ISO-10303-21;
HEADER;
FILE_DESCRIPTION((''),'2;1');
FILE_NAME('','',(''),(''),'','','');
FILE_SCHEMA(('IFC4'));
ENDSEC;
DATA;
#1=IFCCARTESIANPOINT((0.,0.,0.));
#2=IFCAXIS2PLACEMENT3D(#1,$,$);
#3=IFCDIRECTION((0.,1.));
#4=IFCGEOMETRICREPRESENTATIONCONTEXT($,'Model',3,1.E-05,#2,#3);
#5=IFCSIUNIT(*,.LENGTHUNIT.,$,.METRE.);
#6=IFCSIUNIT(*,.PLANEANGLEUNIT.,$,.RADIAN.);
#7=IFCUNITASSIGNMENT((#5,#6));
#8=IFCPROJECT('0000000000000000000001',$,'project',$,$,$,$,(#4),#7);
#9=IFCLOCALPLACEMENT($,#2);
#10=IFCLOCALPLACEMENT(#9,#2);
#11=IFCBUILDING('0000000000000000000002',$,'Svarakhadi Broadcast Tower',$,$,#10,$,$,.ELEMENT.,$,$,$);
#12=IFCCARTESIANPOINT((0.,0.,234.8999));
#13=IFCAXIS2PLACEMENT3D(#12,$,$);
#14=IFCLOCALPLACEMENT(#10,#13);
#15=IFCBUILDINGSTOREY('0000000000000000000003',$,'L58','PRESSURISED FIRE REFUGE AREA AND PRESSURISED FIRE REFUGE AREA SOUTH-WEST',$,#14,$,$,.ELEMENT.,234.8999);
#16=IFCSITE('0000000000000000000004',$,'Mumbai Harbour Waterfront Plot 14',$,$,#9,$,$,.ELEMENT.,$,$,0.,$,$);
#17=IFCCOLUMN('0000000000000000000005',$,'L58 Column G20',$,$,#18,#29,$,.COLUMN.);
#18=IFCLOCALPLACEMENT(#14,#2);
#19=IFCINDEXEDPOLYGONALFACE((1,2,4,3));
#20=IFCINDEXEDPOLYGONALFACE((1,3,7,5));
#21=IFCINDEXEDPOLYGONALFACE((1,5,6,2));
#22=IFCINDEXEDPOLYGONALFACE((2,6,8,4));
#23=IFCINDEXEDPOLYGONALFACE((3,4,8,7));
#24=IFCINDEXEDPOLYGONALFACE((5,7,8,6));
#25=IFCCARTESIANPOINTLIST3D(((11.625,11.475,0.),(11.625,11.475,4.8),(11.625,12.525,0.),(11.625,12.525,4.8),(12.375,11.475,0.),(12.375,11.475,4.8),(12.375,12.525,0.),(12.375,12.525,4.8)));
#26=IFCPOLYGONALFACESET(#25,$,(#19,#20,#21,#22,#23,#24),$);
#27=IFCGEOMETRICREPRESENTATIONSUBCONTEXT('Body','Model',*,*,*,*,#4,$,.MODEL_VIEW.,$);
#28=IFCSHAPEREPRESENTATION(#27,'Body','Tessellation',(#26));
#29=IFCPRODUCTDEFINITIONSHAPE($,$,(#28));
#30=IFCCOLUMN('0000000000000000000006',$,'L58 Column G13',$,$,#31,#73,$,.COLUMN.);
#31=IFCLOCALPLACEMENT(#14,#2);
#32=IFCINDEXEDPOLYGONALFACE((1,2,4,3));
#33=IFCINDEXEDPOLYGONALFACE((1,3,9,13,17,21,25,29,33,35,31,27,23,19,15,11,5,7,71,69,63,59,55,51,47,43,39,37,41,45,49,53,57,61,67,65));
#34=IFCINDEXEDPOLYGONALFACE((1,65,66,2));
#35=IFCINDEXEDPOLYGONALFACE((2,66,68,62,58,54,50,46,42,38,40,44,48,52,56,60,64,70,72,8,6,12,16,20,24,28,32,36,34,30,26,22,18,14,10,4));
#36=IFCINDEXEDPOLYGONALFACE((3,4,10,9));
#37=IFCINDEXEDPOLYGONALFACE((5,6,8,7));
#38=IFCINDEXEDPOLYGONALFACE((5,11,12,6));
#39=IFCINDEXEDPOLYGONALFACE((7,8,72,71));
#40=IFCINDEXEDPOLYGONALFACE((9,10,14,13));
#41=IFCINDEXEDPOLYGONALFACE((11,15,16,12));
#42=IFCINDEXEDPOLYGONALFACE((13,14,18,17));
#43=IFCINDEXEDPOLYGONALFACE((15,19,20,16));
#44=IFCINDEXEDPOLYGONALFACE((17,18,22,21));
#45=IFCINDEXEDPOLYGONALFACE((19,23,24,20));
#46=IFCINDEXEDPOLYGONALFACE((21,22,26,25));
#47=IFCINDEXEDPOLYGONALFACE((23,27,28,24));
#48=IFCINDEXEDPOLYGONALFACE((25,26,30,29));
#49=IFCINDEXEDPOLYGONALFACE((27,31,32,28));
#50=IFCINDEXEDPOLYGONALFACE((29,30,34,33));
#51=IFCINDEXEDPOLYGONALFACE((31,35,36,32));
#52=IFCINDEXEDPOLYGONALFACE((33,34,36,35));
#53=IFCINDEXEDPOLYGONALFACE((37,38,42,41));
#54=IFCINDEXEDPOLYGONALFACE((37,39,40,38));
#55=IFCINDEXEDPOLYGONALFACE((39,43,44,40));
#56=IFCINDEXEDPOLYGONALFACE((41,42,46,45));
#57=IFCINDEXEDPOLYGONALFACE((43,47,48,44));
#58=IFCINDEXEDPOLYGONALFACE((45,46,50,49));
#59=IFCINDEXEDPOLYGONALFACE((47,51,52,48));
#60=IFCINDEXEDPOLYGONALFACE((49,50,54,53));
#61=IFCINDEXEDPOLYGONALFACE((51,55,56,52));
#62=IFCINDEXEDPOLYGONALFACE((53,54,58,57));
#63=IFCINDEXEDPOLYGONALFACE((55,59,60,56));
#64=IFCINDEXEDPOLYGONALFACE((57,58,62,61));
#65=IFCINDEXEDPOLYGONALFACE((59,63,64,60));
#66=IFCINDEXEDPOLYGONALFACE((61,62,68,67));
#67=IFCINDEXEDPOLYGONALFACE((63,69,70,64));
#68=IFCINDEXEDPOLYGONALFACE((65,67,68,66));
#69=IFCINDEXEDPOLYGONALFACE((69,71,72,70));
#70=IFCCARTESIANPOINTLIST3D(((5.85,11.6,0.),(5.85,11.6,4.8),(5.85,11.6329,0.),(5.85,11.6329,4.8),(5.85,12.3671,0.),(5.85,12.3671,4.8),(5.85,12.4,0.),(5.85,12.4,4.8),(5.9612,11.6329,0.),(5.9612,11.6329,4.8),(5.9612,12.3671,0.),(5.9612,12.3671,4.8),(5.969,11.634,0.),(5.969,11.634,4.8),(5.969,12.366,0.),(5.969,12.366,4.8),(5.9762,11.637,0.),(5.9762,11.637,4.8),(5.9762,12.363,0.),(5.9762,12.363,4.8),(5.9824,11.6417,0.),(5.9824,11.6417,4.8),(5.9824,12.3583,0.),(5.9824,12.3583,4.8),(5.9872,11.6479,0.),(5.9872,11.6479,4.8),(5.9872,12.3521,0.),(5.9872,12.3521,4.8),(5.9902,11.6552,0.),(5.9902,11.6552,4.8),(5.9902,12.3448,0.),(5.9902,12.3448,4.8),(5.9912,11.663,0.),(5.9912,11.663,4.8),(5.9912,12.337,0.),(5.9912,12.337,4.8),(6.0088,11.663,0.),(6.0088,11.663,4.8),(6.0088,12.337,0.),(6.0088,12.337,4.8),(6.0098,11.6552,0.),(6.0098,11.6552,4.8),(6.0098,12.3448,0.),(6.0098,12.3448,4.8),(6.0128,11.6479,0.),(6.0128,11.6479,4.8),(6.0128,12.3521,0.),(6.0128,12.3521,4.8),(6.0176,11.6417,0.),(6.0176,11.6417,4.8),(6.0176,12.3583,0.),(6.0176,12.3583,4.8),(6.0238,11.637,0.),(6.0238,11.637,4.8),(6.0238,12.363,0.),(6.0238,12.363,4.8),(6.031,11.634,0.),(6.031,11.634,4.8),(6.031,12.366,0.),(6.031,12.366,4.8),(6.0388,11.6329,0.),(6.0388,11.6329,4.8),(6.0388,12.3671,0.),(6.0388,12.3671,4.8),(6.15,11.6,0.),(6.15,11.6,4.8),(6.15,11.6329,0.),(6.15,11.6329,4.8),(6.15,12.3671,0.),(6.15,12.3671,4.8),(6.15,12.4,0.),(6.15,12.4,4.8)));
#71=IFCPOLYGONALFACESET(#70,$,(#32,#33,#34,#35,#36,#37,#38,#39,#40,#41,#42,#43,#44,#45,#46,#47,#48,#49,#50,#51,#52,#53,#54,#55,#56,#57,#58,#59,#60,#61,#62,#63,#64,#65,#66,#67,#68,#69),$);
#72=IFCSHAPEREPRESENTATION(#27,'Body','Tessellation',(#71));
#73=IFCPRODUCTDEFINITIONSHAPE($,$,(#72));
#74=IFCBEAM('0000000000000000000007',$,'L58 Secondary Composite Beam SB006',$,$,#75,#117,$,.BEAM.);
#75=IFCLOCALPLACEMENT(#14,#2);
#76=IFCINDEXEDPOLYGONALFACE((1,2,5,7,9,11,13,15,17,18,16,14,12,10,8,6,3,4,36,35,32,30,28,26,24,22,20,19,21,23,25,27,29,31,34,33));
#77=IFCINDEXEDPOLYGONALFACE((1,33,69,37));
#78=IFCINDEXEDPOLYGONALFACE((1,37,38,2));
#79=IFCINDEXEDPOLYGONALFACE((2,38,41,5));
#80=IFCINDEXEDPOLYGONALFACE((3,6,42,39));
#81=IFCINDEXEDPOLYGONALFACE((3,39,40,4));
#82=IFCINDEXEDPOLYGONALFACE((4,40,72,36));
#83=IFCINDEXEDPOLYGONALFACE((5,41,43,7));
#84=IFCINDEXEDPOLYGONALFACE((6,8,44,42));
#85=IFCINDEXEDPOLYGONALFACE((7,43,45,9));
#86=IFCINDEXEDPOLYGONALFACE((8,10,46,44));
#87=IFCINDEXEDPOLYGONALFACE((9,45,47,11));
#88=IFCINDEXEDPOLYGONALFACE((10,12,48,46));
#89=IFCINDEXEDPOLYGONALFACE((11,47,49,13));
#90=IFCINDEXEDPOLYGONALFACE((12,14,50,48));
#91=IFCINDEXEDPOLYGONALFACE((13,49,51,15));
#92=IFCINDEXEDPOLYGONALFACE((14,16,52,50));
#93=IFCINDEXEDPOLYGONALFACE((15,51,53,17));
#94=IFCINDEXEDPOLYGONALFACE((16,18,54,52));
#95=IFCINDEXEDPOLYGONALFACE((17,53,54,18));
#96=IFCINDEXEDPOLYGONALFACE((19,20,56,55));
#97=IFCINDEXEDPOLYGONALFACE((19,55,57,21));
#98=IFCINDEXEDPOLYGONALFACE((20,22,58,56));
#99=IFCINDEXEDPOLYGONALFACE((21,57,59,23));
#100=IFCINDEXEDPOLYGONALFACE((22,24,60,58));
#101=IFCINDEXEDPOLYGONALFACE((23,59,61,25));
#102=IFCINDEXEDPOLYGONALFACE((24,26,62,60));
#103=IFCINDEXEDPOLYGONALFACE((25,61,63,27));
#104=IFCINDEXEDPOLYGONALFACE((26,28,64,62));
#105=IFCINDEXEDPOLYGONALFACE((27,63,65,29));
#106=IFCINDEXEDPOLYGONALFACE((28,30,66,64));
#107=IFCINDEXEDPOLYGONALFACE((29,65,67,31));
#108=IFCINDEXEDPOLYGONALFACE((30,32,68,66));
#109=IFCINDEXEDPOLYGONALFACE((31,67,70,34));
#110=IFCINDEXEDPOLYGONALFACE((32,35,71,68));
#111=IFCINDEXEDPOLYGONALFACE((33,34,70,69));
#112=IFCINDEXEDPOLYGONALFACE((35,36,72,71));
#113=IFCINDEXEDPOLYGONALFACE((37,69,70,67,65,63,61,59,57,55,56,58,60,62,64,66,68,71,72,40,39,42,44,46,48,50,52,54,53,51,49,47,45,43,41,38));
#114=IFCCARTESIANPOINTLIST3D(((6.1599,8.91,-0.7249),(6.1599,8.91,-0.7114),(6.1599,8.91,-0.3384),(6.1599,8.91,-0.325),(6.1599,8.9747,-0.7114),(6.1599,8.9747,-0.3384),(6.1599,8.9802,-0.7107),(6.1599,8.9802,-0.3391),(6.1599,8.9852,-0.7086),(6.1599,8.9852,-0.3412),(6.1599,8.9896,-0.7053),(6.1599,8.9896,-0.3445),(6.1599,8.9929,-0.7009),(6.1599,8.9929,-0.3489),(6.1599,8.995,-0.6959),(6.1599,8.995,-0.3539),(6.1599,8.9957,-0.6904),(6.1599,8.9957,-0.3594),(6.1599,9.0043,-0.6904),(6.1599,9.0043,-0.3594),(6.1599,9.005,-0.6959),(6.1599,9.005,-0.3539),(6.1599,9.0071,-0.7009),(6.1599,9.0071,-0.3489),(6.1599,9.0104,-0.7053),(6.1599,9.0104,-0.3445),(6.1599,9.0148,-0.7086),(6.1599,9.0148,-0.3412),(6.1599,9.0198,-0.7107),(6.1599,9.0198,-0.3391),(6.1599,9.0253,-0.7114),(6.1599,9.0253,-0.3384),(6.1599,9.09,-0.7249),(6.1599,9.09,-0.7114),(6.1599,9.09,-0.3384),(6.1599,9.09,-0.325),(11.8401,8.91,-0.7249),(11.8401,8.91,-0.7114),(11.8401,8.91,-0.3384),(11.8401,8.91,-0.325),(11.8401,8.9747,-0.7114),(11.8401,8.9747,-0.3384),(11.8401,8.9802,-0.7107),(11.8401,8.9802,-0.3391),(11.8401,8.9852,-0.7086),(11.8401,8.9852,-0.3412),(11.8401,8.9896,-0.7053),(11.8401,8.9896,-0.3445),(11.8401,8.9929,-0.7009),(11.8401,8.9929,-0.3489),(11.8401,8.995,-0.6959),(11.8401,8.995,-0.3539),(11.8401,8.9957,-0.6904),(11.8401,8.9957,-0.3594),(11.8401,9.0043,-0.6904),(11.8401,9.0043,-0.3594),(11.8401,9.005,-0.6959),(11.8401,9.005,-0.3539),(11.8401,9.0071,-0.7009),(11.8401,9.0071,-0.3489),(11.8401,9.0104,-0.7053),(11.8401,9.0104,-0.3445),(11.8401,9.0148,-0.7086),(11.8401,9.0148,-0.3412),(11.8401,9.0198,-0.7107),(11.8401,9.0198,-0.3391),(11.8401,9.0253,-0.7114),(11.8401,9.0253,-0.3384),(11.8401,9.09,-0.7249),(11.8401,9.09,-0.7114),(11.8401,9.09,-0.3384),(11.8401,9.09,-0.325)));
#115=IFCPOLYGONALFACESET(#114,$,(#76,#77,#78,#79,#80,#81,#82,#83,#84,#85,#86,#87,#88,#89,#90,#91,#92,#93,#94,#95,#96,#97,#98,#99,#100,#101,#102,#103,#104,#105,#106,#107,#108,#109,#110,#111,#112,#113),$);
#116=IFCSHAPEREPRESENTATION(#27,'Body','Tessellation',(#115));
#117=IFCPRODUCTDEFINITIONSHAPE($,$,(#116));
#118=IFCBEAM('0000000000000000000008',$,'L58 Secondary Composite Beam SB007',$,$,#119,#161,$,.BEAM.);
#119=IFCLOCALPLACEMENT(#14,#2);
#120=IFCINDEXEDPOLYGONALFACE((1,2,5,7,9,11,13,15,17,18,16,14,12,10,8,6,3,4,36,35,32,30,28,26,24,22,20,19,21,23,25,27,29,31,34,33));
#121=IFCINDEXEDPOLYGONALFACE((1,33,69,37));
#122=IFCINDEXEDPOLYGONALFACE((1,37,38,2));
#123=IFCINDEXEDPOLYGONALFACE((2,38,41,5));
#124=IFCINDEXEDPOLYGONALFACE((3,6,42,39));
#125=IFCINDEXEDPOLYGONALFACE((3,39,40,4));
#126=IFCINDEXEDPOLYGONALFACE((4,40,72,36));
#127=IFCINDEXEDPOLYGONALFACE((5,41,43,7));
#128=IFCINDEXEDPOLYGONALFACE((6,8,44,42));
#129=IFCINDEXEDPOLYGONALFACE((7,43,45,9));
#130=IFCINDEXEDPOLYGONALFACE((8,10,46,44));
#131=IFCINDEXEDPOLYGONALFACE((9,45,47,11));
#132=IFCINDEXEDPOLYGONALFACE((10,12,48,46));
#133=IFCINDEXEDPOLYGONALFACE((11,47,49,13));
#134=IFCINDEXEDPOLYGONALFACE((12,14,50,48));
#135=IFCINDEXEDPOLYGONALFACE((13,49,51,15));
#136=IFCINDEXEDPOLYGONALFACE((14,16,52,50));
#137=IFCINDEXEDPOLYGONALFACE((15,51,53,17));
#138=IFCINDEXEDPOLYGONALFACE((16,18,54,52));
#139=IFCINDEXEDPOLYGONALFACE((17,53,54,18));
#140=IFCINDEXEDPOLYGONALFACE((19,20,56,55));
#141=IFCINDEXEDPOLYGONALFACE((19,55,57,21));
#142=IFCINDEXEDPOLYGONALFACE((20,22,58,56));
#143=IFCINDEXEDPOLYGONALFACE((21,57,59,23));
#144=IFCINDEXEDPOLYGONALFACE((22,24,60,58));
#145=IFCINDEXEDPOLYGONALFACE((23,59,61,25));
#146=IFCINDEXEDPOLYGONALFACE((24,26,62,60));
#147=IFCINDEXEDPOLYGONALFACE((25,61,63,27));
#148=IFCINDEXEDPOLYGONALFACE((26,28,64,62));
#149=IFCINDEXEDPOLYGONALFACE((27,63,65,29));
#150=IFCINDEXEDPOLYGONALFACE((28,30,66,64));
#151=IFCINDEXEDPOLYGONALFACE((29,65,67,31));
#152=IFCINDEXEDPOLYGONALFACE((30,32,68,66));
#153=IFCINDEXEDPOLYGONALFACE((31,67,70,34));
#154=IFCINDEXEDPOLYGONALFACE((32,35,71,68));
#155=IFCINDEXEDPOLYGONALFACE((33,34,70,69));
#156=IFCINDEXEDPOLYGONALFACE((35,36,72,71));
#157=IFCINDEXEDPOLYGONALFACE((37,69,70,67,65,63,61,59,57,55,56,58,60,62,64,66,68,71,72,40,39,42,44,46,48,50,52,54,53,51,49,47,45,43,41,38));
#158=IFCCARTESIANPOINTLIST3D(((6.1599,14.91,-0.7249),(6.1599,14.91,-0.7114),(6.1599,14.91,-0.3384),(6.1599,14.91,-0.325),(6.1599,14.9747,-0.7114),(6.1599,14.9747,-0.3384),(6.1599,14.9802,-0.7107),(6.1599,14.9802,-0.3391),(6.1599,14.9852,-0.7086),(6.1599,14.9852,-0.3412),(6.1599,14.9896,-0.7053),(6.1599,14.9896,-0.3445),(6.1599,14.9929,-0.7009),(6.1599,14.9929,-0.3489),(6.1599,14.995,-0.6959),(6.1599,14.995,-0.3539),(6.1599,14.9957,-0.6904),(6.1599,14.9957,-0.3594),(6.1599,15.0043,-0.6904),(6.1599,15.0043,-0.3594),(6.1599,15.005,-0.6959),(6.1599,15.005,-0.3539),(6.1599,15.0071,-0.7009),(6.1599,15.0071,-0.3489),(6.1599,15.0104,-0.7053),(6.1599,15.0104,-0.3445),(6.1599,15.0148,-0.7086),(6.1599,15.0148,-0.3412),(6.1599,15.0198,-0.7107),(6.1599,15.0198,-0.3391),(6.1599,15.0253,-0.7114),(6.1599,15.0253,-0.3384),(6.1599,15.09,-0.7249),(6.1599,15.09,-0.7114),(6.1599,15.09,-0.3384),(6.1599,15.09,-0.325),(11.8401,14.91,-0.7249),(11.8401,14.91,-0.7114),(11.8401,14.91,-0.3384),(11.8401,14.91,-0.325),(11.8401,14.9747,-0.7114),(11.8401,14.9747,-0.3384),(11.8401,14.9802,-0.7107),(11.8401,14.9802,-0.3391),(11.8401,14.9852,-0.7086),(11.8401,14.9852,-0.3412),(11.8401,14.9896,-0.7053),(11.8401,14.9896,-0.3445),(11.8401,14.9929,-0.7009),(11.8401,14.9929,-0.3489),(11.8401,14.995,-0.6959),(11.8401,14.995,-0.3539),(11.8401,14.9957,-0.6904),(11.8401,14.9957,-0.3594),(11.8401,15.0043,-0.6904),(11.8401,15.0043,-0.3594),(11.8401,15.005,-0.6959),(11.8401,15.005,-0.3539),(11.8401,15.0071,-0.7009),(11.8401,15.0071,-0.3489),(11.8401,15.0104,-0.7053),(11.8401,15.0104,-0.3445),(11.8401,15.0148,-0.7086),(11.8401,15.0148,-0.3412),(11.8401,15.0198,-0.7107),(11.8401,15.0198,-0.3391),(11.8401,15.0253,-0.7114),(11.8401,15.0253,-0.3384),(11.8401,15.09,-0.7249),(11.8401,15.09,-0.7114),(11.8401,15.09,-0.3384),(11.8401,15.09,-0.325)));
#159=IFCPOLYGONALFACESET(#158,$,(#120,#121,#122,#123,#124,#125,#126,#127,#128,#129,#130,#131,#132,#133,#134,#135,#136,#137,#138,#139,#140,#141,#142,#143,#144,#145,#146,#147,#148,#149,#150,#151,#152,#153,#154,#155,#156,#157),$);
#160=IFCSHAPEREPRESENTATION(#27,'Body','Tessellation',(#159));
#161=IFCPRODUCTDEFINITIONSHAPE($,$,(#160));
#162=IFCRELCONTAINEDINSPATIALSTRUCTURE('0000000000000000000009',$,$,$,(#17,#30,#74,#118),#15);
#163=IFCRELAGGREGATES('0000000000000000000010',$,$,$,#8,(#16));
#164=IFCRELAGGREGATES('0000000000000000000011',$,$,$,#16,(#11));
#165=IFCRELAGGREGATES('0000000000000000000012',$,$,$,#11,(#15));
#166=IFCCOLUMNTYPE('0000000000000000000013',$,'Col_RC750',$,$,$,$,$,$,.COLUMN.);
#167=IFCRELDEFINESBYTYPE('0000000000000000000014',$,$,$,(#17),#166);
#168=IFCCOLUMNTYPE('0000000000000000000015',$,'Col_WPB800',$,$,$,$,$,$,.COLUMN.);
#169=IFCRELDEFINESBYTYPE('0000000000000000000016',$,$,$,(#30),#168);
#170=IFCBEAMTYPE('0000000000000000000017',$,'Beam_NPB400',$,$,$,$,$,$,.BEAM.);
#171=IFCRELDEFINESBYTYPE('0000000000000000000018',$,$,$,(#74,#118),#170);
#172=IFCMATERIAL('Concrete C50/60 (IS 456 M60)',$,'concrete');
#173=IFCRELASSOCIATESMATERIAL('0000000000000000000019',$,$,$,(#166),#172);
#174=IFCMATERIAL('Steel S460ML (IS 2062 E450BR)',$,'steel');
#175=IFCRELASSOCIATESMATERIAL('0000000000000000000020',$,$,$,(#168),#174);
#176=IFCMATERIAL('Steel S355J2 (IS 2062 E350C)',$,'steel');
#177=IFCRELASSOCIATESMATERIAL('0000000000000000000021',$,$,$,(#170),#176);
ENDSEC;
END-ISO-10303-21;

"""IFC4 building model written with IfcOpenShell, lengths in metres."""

from ifc_helpers import new_model, si_unit, direction, frame, origin, origin_2d, place, context, subcontext, project, spatial, rectangle, i_section, extrude, material, material_profile, profile_set, type_object, element, save


model = new_model("IFC4")

# Units and contexts
model_context = context("Model", 3, precision=1e-05, world=origin(), true_north=direction((0.0, 1.0)))
body_context = subcontext(model_context, "Body", "Model", "MODEL_VIEW")
ifc_project = project(units=[si_unit("LENGTHUNIT", "METRE"), si_unit("PLANEANGLEUNIT", "RADIAN")], contexts=[model_context])

# Site, building, storey
site_placement = place(None, origin())
site = spatial("IfcSite", under=ifc_project, at=site_placement, Name="Mumbai Harbour Waterfront Plot 14", CompositionType="ELEMENT", RefElevation=0.0)
building_placement = place(site_placement, origin())
building = spatial("IfcBuilding", under=site, at=building_placement, Name="Svarakhadi Broadcast Tower", CompositionType="ELEMENT")
storey_placement = place(building_placement, frame((0.0, 0.0, 234.8999)))
storey = spatial("IfcBuildingStorey", under=building, at=storey_placement, Name="L58", Description="PRESSURISED FIRE REFUGE AREA AND PRESSURISED FIRE REFUGE AREA SOUTH-WEST", CompositionType="ELEMENT", Elevation=234.8999)

# Columns
ifc_material_1 = material(Name="Concrete C50/60 (IS 456 M60)", Category="concrete")
ifc_material_profile_1 = material_profile(ifc_material_1, rectangle(XDim=0.75, YDim=1.05, at=origin_2d()), Name="RC 750x1050")
ifc_profile_set_1 = profile_set([ifc_material_profile_1], Name="Concrete C50/60 (IS 456 M60)")
column_type_1 = type_object("IfcColumnType", Name="Col_RC750", PredefinedType="COLUMN", material=ifc_profile_set_1)
column_1_placement = place(storey_placement, frame((12.0, 12.0, 0.0), z_axis=(0.0, 0.0, 1.0), x_axis=(1.0, 0.0, 0.0)))
element("IfcColumn", 1, at=column_1_placement, inside=storey, type_object=column_type_1, Name="L58 Column G20", PredefinedType="COLUMN", context=body_context, shape_type="SweptSolid", body=[
    extrude(rectangle(XDim=0.75, YDim=1.05, at=origin_2d()), origin(), (0.0, 0.0, 1.0), 4.8),
])
ifc_material_2 = material(Name="Steel S460ML (IS 2062 E450BR)", Category="steel")
ifc_material_profile_2 = material_profile(ifc_material_2, i_section(OverallWidth=0.3, OverallDepth=0.8, WebThickness=0.0176, FlangeThickness=0.033, FilletRadius=0.03, at=origin_2d()), Name="WPB 800x300x262")
ifc_profile_set_2 = profile_set([ifc_material_profile_2], Name="Steel S460ML (IS 2062 E450BR)")
column_type_2 = type_object("IfcColumnType", Name="Col_WPB800", PredefinedType="COLUMN", material=ifc_profile_set_2)
column_2_placement = place(storey_placement, frame((6.0, 12.0, 0.0), z_axis=(0.0, 0.0, 1.0), x_axis=(1.0, 0.0, 0.0)))
element("IfcColumn", 2, at=column_2_placement, inside=storey, type_object=column_type_2, Name="L58 Column G13", PredefinedType="COLUMN", context=body_context, shape_type="SweptSolid", body=[
    extrude(i_section(OverallWidth=0.3, OverallDepth=0.8, WebThickness=0.0176, FlangeThickness=0.033, FilletRadius=0.03, at=origin_2d()), origin(), (0.0, 0.0, 1.0), 4.8),
])

# Beams
ifc_material_3 = material(Name="Steel S355J2 (IS 2062 E350C)", Category="steel")
ifc_material_profile_3 = material_profile(ifc_material_3, i_section(OverallWidth=0.1799, OverallDepth=0.3999, WebThickness=0.0085, FlangeThickness=0.0134, FilletRadius=0.021, at=origin_2d()), Name="NPB 400x180x66")
ifc_profile_set_3 = profile_set([ifc_material_profile_3], Name="Steel S355J2 (IS 2062 E350C)")
beam_type_1 = type_object("IfcBeamType", Name="Beam_NPB400", PredefinedType="BEAM", material=ifc_profile_set_3)
for number, where, z_axis, x_axis, name in (
    (3, (6.1599, 9.0, -0.5249), (1.0, 0.0, 0.0), (0.0, 1.0, 0.0), "L58 Secondary Composite Beam SB006"),
    (4, (6.1599, 15.0, -0.5249), (1.0, 0.0, 0.0), (0.0, 1.0, 0.0), "L58 Secondary Composite Beam SB007"),
):
    element("IfcBeam", number, at=place(storey_placement, frame(where, z_axis=z_axis, x_axis=x_axis)), inside=storey, type_object=beam_type_1, Name=name, PredefinedType="BEAM", context=body_context, shape_type="SweptSolid", body=[
        extrude(i_section(OverallWidth=0.1799, OverallDepth=0.3999, WebThickness=0.0085, FlangeThickness=0.0134, FilletRadius=0.021, at=origin_2d()), origin(), (0.0, 0.0, 1.0), 5.6802),
    ])

save(model, "model.ifc")
